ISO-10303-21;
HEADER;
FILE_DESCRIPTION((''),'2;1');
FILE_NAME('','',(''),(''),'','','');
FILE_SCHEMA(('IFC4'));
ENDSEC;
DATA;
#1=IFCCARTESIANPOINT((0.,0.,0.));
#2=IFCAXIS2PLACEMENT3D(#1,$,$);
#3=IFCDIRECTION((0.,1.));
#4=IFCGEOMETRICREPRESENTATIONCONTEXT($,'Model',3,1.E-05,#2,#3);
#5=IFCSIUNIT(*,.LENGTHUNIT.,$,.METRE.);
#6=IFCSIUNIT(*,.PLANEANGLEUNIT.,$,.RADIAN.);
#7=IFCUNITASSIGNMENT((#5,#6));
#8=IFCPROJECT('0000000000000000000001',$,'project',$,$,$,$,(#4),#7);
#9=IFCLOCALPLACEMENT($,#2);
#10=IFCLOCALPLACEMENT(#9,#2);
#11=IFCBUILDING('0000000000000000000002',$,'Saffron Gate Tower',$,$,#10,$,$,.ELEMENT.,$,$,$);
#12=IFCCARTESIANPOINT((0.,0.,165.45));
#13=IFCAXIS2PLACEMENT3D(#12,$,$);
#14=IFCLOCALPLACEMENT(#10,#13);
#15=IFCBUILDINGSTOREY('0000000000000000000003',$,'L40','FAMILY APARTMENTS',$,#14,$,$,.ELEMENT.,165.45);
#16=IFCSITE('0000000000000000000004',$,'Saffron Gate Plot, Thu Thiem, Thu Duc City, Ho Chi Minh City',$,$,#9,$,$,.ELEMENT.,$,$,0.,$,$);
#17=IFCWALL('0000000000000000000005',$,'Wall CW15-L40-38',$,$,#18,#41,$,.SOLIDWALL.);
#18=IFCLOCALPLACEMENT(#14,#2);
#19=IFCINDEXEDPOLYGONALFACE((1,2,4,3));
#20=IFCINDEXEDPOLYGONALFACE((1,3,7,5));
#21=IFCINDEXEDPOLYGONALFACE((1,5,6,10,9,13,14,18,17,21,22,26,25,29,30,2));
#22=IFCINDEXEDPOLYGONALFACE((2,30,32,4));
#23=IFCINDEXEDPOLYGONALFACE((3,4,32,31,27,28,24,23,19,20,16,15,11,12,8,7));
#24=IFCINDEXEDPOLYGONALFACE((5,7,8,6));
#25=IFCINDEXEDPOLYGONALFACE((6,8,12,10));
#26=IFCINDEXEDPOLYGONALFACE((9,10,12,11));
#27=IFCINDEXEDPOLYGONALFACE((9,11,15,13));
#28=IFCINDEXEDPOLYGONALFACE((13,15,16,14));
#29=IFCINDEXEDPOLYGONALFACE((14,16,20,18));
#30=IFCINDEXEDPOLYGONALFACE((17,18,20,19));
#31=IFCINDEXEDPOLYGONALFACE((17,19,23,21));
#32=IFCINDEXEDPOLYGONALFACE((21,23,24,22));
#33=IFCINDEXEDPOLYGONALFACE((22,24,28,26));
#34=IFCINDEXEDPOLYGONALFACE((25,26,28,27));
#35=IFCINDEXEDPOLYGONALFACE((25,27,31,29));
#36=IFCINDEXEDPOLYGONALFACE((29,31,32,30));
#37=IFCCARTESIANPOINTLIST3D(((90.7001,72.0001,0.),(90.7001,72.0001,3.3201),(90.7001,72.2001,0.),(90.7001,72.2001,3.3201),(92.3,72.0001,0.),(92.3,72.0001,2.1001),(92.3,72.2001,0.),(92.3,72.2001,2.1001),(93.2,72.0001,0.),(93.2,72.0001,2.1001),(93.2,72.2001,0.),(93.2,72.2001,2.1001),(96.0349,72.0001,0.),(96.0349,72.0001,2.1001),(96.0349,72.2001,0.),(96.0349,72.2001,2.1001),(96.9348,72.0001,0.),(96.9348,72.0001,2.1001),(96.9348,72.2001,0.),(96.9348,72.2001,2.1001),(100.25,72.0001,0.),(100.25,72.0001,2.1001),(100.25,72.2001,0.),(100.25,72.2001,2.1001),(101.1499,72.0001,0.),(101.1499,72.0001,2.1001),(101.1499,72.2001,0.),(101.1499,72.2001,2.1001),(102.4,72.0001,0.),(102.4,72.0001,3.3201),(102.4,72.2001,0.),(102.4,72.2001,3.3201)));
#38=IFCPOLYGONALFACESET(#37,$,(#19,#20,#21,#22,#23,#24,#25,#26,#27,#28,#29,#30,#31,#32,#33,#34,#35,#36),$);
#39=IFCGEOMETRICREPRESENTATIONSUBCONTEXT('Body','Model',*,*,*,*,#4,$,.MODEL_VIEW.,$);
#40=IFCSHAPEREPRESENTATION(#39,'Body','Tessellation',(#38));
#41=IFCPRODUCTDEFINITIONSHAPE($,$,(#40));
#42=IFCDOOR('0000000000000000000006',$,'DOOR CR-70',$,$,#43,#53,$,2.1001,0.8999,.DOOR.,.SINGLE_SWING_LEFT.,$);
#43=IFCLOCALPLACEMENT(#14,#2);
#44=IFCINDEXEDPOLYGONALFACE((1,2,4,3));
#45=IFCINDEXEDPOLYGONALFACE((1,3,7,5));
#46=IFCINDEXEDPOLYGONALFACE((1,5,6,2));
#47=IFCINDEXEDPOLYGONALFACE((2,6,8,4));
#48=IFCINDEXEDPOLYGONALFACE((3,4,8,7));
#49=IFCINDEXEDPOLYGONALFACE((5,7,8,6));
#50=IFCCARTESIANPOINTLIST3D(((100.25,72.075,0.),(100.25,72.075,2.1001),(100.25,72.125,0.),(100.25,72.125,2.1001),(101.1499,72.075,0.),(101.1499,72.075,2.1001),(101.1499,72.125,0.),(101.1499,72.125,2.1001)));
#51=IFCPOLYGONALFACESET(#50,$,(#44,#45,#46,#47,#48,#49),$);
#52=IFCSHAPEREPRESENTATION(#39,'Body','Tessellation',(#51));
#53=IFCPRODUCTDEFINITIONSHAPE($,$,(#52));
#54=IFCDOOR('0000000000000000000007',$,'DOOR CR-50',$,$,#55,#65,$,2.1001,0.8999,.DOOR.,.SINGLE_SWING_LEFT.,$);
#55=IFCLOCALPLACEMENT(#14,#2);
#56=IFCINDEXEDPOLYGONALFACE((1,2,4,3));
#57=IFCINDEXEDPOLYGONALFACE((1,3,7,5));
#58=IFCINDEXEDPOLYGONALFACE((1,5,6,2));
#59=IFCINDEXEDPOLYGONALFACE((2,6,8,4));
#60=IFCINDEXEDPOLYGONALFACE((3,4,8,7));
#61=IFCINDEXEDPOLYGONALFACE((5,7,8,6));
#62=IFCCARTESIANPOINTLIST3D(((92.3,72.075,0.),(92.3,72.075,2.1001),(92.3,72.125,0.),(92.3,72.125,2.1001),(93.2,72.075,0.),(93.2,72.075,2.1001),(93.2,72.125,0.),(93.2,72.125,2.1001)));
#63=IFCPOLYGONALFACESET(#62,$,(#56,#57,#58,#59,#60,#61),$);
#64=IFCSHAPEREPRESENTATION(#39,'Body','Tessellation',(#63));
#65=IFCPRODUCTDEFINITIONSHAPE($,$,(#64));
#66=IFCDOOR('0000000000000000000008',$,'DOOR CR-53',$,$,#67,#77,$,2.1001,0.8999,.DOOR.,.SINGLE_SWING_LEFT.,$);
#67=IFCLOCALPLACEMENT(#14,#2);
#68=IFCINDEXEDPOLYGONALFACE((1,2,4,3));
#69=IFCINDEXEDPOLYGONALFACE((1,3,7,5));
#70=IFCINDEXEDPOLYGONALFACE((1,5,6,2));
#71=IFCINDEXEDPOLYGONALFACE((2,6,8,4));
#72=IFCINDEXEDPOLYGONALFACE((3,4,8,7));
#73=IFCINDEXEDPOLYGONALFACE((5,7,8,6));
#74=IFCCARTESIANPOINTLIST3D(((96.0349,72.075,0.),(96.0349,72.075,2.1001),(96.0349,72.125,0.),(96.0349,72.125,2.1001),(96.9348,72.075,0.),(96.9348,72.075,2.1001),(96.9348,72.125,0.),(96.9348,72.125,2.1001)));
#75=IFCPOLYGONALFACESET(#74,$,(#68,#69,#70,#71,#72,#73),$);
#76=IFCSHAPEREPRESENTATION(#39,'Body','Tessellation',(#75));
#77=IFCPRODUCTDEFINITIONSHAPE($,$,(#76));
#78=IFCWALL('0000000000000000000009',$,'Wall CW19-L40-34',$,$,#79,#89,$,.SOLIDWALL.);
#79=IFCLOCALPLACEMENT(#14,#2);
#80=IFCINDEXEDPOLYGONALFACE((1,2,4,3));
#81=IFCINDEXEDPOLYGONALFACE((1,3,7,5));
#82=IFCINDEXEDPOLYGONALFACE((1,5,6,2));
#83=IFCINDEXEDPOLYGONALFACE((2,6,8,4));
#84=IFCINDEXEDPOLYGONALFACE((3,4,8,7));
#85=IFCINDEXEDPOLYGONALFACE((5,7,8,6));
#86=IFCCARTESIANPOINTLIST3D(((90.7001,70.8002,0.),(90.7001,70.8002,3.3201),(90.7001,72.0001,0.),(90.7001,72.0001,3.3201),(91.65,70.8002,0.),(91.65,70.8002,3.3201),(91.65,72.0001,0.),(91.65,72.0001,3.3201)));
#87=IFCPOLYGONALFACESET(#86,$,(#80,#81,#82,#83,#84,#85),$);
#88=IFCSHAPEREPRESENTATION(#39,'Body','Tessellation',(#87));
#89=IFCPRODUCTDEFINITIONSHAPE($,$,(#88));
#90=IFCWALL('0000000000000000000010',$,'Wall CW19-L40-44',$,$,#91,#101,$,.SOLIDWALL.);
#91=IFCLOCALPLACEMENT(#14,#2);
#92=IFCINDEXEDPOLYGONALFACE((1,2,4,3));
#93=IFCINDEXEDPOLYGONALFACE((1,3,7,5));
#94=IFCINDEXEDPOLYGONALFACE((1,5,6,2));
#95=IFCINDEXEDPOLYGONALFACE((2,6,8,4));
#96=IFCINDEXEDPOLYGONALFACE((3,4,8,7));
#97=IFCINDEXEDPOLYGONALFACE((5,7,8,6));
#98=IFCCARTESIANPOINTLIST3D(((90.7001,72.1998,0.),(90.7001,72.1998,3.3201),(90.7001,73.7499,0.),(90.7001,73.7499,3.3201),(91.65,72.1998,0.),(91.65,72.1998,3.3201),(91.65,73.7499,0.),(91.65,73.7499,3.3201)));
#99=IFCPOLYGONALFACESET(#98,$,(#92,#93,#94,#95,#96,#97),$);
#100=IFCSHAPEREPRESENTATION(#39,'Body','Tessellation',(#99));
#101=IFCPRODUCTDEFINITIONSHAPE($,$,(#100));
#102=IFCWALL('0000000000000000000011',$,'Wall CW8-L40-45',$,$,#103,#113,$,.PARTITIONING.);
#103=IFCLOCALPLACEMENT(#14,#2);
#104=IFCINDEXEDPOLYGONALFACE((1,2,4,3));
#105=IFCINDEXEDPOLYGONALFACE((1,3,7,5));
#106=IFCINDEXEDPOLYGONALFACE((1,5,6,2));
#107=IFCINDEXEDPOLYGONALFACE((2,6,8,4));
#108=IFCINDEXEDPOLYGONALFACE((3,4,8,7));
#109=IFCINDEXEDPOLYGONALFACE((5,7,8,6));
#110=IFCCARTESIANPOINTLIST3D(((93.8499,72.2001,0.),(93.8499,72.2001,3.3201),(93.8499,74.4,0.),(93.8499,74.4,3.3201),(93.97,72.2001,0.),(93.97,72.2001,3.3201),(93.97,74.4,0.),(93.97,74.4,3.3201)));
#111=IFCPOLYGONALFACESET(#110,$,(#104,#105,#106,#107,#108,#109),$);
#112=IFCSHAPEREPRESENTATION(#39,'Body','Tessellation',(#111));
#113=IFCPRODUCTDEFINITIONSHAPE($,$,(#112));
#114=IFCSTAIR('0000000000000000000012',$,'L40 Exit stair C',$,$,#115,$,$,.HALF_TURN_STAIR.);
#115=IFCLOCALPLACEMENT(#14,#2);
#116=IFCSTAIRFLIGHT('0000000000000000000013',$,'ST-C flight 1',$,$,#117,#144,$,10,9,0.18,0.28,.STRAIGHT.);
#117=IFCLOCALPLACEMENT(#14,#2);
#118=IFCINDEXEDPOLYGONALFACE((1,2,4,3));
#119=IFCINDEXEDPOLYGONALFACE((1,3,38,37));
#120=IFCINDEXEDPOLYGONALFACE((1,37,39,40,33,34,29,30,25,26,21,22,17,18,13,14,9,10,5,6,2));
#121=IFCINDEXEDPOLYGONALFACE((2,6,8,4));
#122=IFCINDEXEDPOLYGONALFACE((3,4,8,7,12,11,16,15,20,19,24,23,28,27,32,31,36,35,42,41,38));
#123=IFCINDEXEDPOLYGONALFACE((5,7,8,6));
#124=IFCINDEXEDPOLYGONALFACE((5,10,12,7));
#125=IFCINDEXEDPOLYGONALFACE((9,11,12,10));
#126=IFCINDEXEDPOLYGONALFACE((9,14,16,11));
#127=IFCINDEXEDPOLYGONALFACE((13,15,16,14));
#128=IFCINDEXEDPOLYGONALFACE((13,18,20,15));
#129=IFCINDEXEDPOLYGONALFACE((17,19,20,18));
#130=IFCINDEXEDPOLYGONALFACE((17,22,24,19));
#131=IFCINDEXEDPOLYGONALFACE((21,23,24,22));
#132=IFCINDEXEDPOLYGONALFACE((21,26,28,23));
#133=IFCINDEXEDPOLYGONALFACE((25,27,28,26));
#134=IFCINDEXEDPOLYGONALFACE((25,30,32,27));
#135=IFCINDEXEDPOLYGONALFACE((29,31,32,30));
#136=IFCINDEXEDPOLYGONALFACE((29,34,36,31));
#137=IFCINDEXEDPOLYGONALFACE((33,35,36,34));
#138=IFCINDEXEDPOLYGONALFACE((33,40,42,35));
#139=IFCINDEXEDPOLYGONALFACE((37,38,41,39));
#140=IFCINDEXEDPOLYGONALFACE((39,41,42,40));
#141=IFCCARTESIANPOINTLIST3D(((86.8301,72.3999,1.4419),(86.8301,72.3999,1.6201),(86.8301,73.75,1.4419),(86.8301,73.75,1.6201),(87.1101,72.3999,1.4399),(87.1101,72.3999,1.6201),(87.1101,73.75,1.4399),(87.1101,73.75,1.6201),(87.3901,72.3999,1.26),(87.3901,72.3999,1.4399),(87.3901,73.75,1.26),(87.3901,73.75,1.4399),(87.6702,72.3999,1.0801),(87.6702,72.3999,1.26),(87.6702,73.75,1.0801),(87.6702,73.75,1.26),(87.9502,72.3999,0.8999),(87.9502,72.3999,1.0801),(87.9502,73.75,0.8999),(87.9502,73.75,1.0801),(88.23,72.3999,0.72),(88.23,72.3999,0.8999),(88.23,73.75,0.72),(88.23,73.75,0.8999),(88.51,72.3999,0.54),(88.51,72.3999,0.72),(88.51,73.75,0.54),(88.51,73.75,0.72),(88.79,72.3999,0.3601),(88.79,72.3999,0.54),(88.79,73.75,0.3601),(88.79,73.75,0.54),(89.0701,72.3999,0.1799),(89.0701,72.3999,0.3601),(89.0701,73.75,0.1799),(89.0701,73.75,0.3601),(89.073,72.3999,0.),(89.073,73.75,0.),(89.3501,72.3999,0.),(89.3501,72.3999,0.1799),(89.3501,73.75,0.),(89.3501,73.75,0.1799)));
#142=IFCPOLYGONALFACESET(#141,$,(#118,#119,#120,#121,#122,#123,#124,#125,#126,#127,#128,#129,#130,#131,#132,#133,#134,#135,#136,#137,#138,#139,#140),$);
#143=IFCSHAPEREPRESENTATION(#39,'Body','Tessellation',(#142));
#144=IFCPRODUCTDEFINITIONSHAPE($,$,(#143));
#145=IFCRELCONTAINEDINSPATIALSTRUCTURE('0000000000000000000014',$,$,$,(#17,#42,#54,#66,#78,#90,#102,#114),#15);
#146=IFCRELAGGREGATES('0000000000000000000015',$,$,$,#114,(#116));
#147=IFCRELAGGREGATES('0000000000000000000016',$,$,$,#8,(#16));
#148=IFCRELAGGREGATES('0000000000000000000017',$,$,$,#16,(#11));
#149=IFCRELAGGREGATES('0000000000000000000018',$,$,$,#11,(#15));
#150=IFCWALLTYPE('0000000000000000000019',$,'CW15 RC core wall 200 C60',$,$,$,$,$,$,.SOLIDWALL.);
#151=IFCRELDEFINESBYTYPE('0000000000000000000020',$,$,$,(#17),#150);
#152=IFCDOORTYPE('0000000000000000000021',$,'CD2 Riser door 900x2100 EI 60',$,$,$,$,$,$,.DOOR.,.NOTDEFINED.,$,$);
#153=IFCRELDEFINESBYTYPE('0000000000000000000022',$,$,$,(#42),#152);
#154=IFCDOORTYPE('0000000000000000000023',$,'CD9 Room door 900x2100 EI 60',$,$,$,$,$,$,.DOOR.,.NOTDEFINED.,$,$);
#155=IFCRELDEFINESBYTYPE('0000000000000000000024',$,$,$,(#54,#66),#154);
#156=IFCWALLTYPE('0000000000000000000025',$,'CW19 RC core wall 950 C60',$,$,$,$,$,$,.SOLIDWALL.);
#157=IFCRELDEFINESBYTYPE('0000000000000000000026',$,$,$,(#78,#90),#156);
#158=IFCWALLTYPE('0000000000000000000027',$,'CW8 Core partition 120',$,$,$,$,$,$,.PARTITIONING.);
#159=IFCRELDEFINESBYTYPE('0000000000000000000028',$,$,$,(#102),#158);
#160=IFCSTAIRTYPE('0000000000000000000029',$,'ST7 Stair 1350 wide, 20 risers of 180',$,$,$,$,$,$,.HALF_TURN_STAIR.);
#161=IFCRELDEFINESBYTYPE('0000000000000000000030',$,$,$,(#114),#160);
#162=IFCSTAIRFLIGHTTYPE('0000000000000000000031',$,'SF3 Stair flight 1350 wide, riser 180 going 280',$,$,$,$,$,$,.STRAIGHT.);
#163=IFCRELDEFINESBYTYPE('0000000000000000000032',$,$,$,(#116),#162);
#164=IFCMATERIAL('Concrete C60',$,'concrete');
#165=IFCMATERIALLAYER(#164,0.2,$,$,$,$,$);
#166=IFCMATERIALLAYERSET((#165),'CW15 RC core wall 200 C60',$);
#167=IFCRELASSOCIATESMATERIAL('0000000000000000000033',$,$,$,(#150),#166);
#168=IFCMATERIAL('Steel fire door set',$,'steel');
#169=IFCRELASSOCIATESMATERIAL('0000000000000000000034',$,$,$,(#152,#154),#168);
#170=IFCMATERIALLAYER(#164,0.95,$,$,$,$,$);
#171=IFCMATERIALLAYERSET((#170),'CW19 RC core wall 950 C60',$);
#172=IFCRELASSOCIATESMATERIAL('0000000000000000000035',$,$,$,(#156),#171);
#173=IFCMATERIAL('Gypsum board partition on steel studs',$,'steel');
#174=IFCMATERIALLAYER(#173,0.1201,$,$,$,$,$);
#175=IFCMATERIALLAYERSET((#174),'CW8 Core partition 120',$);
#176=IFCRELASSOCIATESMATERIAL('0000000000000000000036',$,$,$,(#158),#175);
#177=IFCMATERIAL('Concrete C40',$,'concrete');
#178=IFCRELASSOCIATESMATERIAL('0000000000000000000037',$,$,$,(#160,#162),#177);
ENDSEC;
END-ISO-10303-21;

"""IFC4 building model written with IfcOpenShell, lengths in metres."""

from ifc_helpers import new_model, si_unit, direction, frame, frame_2d, origin, place, context, subcontext, project, spatial, polyline, rectangle, outline, extrude, material, layer, layer_set, type_object, element, fill, aggregate, save


model = new_model("IFC4")

# Units and contexts
model_context = context("Model", 3, precision=1e-05, world=origin(), true_north=direction((0.0, 1.0)))
body_context = subcontext(model_context, "Body", "Model", "MODEL_VIEW")
ifc_project = project(units=[si_unit("LENGTHUNIT", "METRE"), si_unit("PLANEANGLEUNIT", "RADIAN")], contexts=[model_context])

# Site, building, storey
site_placement = place(None, origin())
site = spatial("IfcSite", under=ifc_project, at=site_placement, Name="Saffron Gate Plot, Thu Thiem, Thu Duc City, Ho Chi Minh City", CompositionType="ELEMENT", RefElevation=0.0)
building_placement = place(site_placement, origin())
building = spatial("IfcBuilding", under=site, at=building_placement, Name="Saffron Gate Tower", CompositionType="ELEMENT")
storey_placement = place(building_placement, frame((0.0, 0.0, 165.45)))
storey = spatial("IfcBuildingStorey", under=building, at=storey_placement, Name="L40", Description="FAMILY APARTMENTS", CompositionType="ELEMENT", Elevation=165.45)

# Shared definitions
ifc_material_1 = material(Name="Concrete C60", Category="concrete")

# Shared definitions
ifc_material_2 = material(Name="Steel fire door set", Category="steel")

# Shared definitions
ifc_layer_1 = layer(ifc_material_1, 0.2)
ifc_layer_set_1 = layer_set([ifc_layer_1], Name="CW15 RC core wall 200 C60")
wall_type_1 = type_object("IfcWallType", Name="CW15 RC core wall 200 C60", PredefinedType="SOLIDWALL", material=ifc_layer_set_1)

# Shared definitions
door_type_1 = type_object("IfcDoorType", Name="CD2 Riser door 900x2100 EI 60", OperationType="NOTDEFINED", PredefinedType="DOOR", material=ifc_material_2)

# Wall, openings, doors
wall_1_placement = place(storey_placement, frame((90.7, 72.1001, 0.0), z_axis=(0.0, 0.0, 1.0), x_axis=(1.0, 0.0, 0.0)))
wall_1 = element("IfcWall", 1, at=wall_1_placement, inside=storey, type_object=wall_type_1, Name="Wall CW15-L40-38", PredefinedType="SOLIDWALL", context=body_context, shape_type="SweptSolid", body=[
    extrude(rectangle(XDim=11.7, YDim=0.2, at=frame_2d((5.8501, 0.0))), origin(), (0.0, 0.0, 1.0), 3.3201),
])
opening_1_placement = place(wall_1_placement, frame((1.6001, 0.0, 0.0)))
opening_1 = element("IfcOpeningElement", 2, at=opening_1_placement, cuts=wall_1, PredefinedType="OPENING", context=body_context, shape_type="SweptSolid", body=[
    extrude(rectangle(XDim=0.8999, YDim=2.1001, at=frame_2d((0.45, 1.05))), frame((0.0, 0.1099, 0.0), z_axis=(0.0, -1.0, 0.0), x_axis=(1.0, 0.0, 0.0)), (0.0, 0.0, 1.0), 0.22),
])
opening_2_placement = place(wall_1_placement, frame((5.335, 0.0, 0.0)))
opening_2 = element("IfcOpeningElement", 3, at=opening_2_placement, cuts=wall_1, PredefinedType="OPENING", context=body_context, shape_type="SweptSolid", body=[
    extrude(rectangle(XDim=0.8999, YDim=2.1001, at=frame_2d((0.45, 1.05))), frame((0.0, 0.1099, 0.0), z_axis=(0.0, -1.0, 0.0), x_axis=(1.0, 0.0, 0.0)), (0.0, 0.0, 1.0), 0.22),
])
opening_3_placement = place(wall_1_placement, frame((9.55, 0.0, 0.0)))
opening_3 = element("IfcOpeningElement", 4, at=opening_3_placement, cuts=wall_1, PredefinedType="OPENING", context=body_context, shape_type="SweptSolid", body=[
    extrude(rectangle(XDim=0.8999, YDim=2.1001, at=frame_2d((0.45, 1.05))), frame((0.0, 0.1099, 0.0), z_axis=(0.0, -1.0, 0.0), x_axis=(1.0, 0.0, 0.0)), (0.0, 0.0, 1.0), 0.22),
])
door_1_placement = place(opening_3_placement, origin())
door_1 = element("IfcDoor", 5, at=door_1_placement, inside=storey, type_object=door_type_1, Name="DOOR CR-70", OperationType="SINGLE_SWING_LEFT", OverallHeight=2.1001, OverallWidth=0.8999, PredefinedType="DOOR", context=body_context, shape_type="SweptSolid", body=[
    extrude(rectangle(XDim=0.8999, YDim=2.1001, at=frame_2d((0.45, 1.05))), frame((0.0, 0.0249, 0.0), z_axis=(0.0, -1.0, 0.0), x_axis=(1.0, 0.0, 0.0)), (0.0, 0.0, 1.0), 0.05),
])
fill(opening_3, door_1)
door_type_2 = type_object("IfcDoorType", Name="CD9 Room door 900x2100 EI 60", OperationType="NOTDEFINED", PredefinedType="DOOR", material=ifc_material_2)
door_2_placement = place(opening_1_placement, origin())
door_2 = element("IfcDoor", 6, at=door_2_placement, inside=storey, type_object=door_type_2, Name="DOOR CR-50", OperationType="SINGLE_SWING_LEFT", OverallHeight=2.1001, OverallWidth=0.8999, PredefinedType="DOOR", context=body_context, shape_type="SweptSolid", body=[
    extrude(rectangle(XDim=0.8999, YDim=2.1001, at=frame_2d((0.45, 1.05))), frame((0.0, 0.0249, 0.0), z_axis=(0.0, -1.0, 0.0), x_axis=(1.0, 0.0, 0.0)), (0.0, 0.0, 1.0), 0.05),
])
fill(opening_1, door_2)
door_3_placement = place(opening_2_placement, origin())
door_3 = element("IfcDoor", 7, at=door_3_placement, inside=storey, type_object=door_type_2, Name="DOOR CR-53", OperationType="SINGLE_SWING_LEFT", OverallHeight=2.1001, OverallWidth=0.8999, PredefinedType="DOOR", context=body_context, shape_type="SweptSolid", body=[
    extrude(rectangle(XDim=0.8999, YDim=2.1001, at=frame_2d((0.45, 1.05))), frame((0.0, 0.0249, 0.0), z_axis=(0.0, -1.0, 0.0), x_axis=(1.0, 0.0, 0.0)), (0.0, 0.0, 1.0), 0.05),
])
fill(opening_2, door_3)

# Walls
ifc_layer_2 = layer(ifc_material_1, 0.95)
ifc_layer_set_2 = layer_set([ifc_layer_2], Name="CW19 RC core wall 950 C60")
wall_type_2 = type_object("IfcWallType", Name="CW19 RC core wall 950 C60", PredefinedType="SOLIDWALL", material=ifc_layer_set_2)
wall_2_placement = place(storey_placement, frame((91.175, 70.8, 0.0), z_axis=(0.0, 0.0, 1.0), x_axis=(0.0, 1.0, 0.0)))
element("IfcWall", 8, at=wall_2_placement, inside=storey, type_object=wall_type_2, Name="Wall CW19-L40-34", PredefinedType="SOLIDWALL", context=body_context, shape_type="SweptSolid", body=[
    extrude(rectangle(XDim=1.2, YDim=0.95, at=frame_2d((0.6001, 0.0))), origin(), (0.0, 0.0, 1.0), 3.3201),
])
wall_3_placement = place(storey_placement, frame((91.175, 72.2, 0.0), z_axis=(0.0, 0.0, 1.0), x_axis=(0.0, 1.0, 0.0)))
element("IfcWall", 9, at=wall_3_placement, inside=storey, type_object=wall_type_2, Name="Wall CW19-L40-44", PredefinedType="SOLIDWALL", context=body_context, shape_type="SweptSolid", body=[
    extrude(rectangle(XDim=1.55, YDim=0.95, at=frame_2d((0.7749, 0.0))), origin(), (0.0, 0.0, 1.0), 3.3201),
])
ifc_material_3 = material(Name="Gypsum board partition on steel studs", Category="steel")
ifc_layer_3 = layer(ifc_material_3, 0.1201)
ifc_layer_set_3 = layer_set([ifc_layer_3], Name="CW8 Core partition 120")
wall_type_3 = type_object("IfcWallType", Name="CW8 Core partition 120", PredefinedType="PARTITIONING", material=ifc_layer_set_3)
wall_4_placement = place(storey_placement, frame((93.9099, 72.2, 0.0), z_axis=(0.0, 0.0, 1.0), x_axis=(0.0, 1.0, 0.0)))
element("IfcWall", 10, at=wall_4_placement, inside=storey, type_object=wall_type_3, Name="Wall CW8-L40-45", PredefinedType="PARTITIONING", context=body_context, shape_type="SweptSolid", body=[
    extrude(rectangle(XDim=2.2, YDim=0.1201, at=frame_2d((1.1001, 0.0))), origin(), (0.0, 0.0, 1.0), 3.3201),
])

# Stair, stair flight
ifc_material_4 = material(Name="Concrete C40", Category="concrete")
stair_type = type_object("IfcStairType", Name="ST7 Stair 1350 wide, 20 risers of 180", PredefinedType="HALF_TURN_STAIR", material=ifc_material_4)
stair_placement = place(storey_placement, origin())
stair = element("IfcStair", 11, at=stair_placement, inside=storey, type_object=stair_type, Name="L40 Exit stair C", PredefinedType="HALF_TURN_STAIR")
stair_flight_type = type_object("IfcStairFlightType", Name="SF3 Stair flight 1350 wide, riser 180 going 280", PredefinedType="STRAIGHT", material=ifc_material_4)
stair_flight_placement = place(storey_placement, frame((89.3501, 73.075, 0.0), z_axis=(0.0, 0.0, 1.0), x_axis=(-1.0, 0.0, 0.0)))
stair_flight = element("IfcStairFlight", 12, at=stair_flight_placement, type_object=stair_flight_type, Name="ST-C flight 1", NumberOfRisers=10, NumberOfTreads=9, PredefinedType="STRAIGHT", RiserHeight=0.18, TreadLength=0.28, context=body_context, shape_type="SweptSolid", body=[
    extrude(outline(polyline([(0.0, 0.0), (0.0, 0.1799), (0.28, 0.1799), (0.28, 0.3601), (0.5601, 0.3601), (0.5601, 0.54), (0.8401, 0.54), (0.8401, 0.72), (1.1201, 0.72), (1.1201, 0.8999), (1.3999, 0.8999), (1.3999, 1.0801), (1.6799, 1.0801), (1.6799, 1.26), (1.96, 1.26), (1.96, 1.4399), (2.24, 1.4399), (2.24, 1.6201), (2.52, 1.6201), (2.52, 1.8), (2.52, 1.4419), (0.2771, 0.0), (0.0, 0.0)])), frame((0.0, 0.675, 0.0), z_axis=(0.0, -1.0, 0.0), x_axis=(1.0, 0.0, 0.0)), (0.0, 0.0, 1.0), 1.3501),
])
aggregate(stair, [stair_flight])

save(model, "model.ifc")
